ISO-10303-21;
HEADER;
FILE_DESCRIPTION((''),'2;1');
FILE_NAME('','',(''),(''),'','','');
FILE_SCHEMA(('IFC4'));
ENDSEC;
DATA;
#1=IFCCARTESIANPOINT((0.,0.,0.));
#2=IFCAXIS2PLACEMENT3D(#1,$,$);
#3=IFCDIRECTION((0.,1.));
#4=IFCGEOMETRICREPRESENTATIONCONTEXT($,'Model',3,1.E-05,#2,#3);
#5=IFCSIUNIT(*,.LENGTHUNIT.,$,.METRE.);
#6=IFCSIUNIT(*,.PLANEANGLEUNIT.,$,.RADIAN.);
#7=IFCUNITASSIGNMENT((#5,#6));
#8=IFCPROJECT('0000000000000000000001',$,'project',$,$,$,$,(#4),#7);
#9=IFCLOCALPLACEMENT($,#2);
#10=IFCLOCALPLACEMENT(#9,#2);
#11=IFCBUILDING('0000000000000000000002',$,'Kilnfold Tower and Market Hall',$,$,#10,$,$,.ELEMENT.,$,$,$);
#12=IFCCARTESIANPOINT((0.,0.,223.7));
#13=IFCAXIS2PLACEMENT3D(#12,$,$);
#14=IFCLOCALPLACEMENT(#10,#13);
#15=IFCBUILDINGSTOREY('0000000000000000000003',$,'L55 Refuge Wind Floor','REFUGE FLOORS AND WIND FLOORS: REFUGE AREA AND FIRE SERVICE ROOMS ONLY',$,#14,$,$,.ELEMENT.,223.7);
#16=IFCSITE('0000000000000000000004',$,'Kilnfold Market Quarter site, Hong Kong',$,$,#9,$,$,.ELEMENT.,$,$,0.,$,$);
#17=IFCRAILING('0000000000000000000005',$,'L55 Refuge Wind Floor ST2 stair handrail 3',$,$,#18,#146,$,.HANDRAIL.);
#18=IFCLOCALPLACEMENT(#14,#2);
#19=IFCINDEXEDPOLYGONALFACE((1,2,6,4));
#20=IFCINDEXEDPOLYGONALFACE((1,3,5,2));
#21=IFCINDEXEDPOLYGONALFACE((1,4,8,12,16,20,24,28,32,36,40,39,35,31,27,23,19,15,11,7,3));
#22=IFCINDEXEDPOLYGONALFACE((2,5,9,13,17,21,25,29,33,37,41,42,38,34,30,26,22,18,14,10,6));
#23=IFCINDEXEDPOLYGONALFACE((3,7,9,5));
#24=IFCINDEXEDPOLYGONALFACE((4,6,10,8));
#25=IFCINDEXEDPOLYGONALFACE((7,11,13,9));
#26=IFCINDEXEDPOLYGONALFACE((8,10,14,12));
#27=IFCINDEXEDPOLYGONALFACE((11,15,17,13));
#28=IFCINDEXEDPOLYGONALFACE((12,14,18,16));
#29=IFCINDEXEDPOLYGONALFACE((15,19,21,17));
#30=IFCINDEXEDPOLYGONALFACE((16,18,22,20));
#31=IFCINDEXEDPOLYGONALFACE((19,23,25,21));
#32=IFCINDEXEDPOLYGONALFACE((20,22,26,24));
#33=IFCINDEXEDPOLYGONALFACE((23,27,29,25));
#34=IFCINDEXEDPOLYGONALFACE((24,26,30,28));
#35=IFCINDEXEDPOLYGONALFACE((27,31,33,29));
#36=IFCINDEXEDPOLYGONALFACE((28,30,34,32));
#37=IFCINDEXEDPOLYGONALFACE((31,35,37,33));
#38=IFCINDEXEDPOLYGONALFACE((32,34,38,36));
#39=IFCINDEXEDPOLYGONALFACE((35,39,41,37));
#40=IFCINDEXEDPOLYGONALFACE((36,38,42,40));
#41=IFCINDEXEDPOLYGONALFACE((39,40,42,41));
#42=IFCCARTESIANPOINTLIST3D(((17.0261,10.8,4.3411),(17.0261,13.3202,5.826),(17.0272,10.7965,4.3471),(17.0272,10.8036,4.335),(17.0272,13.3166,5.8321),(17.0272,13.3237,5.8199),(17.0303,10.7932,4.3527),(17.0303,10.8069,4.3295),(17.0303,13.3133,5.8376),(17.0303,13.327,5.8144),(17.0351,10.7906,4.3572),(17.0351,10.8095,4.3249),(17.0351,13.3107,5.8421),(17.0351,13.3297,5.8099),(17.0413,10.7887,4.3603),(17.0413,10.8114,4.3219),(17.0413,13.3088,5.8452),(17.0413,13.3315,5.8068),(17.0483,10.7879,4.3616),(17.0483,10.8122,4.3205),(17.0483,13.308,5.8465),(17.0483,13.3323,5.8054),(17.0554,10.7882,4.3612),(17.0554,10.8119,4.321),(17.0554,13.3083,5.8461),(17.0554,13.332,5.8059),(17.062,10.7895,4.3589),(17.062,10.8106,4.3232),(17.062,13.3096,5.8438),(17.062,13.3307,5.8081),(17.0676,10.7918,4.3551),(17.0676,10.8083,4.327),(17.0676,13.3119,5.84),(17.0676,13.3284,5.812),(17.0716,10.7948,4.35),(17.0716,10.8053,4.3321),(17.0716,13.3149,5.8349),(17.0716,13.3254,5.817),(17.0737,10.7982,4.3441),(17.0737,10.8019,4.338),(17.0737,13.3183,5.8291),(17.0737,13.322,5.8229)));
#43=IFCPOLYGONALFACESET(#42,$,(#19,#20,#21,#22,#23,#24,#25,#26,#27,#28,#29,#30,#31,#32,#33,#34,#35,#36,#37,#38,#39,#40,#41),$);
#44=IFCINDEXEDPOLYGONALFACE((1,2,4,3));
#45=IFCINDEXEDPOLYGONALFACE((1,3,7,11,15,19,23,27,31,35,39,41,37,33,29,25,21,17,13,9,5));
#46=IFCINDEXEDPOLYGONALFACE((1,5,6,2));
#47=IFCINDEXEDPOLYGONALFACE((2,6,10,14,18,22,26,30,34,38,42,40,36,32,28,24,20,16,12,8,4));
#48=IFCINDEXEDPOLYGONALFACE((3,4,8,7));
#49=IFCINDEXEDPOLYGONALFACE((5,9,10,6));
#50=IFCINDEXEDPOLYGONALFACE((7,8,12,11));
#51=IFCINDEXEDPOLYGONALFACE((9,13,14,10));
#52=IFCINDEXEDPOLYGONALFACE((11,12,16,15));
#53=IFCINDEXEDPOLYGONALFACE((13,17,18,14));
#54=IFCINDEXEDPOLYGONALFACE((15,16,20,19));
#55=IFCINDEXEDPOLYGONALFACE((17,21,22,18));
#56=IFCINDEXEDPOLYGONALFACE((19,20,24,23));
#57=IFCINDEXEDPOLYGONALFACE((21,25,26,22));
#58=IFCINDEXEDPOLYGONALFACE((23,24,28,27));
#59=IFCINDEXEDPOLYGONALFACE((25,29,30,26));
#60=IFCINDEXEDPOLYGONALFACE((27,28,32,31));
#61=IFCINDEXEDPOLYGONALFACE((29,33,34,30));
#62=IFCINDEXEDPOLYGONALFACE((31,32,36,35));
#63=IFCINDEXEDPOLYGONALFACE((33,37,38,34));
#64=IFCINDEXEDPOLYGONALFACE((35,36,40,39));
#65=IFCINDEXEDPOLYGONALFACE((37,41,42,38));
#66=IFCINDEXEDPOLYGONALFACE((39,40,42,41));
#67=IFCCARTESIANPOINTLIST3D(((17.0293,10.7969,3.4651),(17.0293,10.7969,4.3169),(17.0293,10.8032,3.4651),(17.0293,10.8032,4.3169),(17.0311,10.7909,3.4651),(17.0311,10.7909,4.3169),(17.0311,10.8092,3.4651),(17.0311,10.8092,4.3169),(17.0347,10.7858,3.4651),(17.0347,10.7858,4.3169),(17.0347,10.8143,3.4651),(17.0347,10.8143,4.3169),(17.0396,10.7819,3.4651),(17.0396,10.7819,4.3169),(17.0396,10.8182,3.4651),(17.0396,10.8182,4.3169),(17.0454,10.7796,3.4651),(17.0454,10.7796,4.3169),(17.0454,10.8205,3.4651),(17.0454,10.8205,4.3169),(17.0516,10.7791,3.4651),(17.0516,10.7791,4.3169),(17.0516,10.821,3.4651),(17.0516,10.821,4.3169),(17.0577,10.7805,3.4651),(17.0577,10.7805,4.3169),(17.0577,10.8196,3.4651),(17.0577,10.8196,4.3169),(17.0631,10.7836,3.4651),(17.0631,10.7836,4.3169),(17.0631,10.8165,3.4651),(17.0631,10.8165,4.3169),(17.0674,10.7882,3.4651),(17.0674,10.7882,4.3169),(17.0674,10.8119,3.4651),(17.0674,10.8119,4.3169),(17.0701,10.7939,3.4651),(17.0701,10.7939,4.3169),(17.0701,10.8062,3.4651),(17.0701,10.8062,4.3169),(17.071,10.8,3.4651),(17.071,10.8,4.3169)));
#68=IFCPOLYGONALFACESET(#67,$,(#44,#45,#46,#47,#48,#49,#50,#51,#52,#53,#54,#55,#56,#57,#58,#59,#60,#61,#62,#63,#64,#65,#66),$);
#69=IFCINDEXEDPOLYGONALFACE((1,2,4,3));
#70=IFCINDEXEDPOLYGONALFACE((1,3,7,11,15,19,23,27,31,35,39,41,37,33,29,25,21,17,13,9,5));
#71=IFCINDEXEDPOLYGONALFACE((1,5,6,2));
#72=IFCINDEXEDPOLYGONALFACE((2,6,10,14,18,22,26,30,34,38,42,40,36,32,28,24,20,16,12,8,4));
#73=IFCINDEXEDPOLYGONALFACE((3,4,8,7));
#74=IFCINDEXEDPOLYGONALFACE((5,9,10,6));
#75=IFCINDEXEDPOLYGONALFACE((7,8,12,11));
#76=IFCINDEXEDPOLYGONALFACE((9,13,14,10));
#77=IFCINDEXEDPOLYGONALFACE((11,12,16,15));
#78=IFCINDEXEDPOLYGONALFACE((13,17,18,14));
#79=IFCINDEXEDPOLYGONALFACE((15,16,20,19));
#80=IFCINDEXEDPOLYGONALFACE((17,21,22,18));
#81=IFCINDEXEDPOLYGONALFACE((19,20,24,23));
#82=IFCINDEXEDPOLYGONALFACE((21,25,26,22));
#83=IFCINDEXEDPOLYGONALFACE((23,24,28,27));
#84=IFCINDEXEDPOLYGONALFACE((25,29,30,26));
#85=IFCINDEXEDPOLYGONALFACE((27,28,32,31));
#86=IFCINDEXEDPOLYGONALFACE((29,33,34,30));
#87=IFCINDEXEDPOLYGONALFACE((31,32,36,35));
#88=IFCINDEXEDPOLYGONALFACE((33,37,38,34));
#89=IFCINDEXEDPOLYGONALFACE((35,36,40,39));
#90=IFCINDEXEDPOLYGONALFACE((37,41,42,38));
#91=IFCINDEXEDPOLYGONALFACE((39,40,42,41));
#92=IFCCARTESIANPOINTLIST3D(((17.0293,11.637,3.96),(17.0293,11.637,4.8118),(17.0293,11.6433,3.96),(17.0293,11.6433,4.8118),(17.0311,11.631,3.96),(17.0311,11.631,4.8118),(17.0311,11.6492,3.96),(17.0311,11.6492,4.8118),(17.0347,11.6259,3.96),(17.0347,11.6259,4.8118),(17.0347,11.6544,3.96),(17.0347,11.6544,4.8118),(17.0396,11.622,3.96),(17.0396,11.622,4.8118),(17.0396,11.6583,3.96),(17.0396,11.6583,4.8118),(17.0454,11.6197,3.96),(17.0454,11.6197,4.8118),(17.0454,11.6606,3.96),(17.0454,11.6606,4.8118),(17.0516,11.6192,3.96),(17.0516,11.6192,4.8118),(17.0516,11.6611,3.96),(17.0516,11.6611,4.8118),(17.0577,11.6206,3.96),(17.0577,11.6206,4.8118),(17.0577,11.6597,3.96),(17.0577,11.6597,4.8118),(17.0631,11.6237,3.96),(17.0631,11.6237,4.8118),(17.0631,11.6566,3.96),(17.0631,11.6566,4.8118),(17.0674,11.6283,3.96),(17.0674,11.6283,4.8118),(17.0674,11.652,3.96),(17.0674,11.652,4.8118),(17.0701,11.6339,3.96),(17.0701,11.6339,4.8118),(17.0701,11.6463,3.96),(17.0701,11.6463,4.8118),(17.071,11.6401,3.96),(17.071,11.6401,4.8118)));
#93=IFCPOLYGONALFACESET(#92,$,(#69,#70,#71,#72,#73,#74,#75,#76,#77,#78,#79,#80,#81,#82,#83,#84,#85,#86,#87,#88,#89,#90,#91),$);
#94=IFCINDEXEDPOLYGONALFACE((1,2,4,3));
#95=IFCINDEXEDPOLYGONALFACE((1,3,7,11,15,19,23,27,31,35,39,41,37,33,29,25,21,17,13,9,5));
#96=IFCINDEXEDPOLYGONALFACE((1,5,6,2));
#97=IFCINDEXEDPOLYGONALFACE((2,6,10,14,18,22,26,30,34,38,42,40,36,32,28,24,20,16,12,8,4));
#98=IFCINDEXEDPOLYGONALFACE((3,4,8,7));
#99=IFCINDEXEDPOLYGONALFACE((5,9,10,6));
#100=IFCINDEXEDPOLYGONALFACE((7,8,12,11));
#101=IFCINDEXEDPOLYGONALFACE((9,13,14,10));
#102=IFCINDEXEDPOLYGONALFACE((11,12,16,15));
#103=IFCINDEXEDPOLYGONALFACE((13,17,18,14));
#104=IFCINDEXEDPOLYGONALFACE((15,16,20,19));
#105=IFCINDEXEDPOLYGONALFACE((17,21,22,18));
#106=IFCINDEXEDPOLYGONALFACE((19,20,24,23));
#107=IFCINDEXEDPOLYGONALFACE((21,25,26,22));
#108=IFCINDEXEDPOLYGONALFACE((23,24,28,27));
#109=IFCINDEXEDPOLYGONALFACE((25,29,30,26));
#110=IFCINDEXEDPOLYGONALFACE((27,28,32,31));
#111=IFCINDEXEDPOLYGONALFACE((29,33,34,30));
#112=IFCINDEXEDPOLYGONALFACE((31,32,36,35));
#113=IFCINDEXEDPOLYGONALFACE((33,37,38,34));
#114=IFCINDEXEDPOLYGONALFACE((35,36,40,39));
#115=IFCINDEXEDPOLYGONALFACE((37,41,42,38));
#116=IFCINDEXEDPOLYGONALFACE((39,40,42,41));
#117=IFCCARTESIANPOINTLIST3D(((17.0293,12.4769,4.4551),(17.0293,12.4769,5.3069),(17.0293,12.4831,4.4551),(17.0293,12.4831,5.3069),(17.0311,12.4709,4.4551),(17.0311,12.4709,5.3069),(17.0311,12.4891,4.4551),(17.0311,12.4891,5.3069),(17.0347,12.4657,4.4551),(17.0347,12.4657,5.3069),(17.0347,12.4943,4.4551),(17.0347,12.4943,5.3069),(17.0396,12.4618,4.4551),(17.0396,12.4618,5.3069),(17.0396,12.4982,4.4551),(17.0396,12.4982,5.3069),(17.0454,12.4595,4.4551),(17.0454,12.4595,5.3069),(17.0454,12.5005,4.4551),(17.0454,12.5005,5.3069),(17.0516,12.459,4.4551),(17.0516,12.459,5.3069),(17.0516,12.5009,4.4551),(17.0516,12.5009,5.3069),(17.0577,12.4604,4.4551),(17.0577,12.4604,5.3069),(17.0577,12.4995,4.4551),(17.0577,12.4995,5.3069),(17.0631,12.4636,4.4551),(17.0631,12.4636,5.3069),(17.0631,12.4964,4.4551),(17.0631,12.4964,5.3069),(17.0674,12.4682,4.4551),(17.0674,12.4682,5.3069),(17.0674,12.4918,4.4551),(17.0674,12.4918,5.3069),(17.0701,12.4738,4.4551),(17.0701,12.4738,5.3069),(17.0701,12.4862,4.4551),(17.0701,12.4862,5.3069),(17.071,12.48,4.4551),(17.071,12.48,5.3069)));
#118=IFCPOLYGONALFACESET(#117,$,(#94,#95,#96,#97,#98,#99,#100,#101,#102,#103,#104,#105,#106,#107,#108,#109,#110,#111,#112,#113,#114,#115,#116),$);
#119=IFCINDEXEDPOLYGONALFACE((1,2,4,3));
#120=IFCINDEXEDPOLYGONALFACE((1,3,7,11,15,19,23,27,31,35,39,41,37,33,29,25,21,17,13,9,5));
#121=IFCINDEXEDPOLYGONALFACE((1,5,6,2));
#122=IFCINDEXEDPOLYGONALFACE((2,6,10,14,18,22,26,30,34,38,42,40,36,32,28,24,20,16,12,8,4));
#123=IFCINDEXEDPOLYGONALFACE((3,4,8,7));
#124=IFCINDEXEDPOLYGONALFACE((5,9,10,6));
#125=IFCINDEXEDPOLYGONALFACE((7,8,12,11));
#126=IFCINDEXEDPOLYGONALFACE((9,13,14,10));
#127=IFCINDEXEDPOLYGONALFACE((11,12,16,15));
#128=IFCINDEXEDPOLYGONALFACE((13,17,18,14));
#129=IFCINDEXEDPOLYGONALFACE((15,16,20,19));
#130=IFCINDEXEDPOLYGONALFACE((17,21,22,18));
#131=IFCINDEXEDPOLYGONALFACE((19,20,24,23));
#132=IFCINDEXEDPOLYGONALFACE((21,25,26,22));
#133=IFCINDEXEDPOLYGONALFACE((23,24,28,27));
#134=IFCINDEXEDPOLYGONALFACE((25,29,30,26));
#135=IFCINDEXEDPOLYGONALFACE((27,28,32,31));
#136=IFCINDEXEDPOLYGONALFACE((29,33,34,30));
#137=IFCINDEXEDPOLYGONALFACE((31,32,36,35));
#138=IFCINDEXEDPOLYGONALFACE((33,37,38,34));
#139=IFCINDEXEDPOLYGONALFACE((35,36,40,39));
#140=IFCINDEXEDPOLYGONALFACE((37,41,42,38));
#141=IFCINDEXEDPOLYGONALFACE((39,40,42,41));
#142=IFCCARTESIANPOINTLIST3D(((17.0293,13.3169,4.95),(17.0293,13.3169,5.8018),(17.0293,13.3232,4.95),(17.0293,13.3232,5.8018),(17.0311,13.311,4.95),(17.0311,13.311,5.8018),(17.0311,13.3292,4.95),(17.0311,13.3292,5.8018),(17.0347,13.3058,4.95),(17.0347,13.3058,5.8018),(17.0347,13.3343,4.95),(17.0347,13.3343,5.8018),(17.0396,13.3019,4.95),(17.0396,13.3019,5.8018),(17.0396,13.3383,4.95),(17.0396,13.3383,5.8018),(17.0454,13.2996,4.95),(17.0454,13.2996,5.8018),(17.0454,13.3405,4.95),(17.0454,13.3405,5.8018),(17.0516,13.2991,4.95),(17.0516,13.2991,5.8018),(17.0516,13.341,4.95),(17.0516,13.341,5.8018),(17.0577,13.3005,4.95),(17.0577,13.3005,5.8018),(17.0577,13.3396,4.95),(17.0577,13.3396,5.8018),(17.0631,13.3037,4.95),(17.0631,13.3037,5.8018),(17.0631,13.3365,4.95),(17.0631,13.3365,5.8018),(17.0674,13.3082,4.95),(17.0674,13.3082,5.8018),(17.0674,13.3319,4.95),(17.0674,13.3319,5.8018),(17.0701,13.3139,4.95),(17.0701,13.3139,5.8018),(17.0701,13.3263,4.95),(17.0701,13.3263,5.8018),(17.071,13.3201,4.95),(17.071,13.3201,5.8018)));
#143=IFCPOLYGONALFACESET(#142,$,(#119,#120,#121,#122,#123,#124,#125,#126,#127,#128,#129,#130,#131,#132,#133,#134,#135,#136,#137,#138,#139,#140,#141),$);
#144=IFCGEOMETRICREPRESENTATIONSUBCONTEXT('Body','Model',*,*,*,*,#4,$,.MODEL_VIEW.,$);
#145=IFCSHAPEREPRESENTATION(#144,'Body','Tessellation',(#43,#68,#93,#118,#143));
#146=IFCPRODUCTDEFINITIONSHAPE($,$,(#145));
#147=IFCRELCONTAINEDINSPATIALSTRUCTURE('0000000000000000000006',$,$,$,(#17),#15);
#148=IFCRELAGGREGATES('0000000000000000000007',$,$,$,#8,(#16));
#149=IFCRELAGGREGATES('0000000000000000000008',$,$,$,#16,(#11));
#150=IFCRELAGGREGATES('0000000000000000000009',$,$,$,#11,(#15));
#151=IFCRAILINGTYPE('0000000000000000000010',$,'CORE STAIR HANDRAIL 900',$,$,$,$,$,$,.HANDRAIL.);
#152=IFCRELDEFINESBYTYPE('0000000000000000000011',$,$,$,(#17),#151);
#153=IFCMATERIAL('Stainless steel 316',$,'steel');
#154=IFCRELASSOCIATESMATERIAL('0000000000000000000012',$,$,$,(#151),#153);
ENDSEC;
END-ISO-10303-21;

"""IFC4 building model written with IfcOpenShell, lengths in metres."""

from ifc_helpers import new_model, si_unit, direction, frame, origin, origin_2d, place, context, subcontext, project, spatial, circle, extrude, material, type_object, element, save


model = new_model("IFC4")

# Units and contexts
model_context = context("Model", 3, precision=1e-05, world=origin(), true_north=direction((0.0, 1.0)))
body_context = subcontext(model_context, "Body", "Model", "MODEL_VIEW")
ifc_project = project(units=[si_unit("LENGTHUNIT", "METRE"), si_unit("PLANEANGLEUNIT", "RADIAN")], contexts=[model_context])

# Site, building, storey
site_placement = place(None, origin())
site = spatial("IfcSite", under=ifc_project, at=site_placement, Name="Kilnfold Market Quarter site, Hong Kong", CompositionType="ELEMENT", RefElevation=0.0)
building_placement = place(site_placement, origin())
building = spatial("IfcBuilding", under=site, at=building_placement, Name="Kilnfold Tower and Market Hall", CompositionType="ELEMENT")
storey_placement = place(building_placement, frame((0.0, 0.0, 223.7)))
storey = spatial("IfcBuildingStorey", under=building, at=storey_placement, Name="L55 Refuge Wind Floor", Description="REFUGE FLOORS AND WIND FLOORS: REFUGE AREA AND FIRE SERVICE ROOMS ONLY", CompositionType="ELEMENT", Elevation=223.7)

# Railing
ifc_material_1 = material(Name="Stainless steel 316", Category="steel")
railing_type_1 = type_object("IfcRailingType", Name="CORE STAIR HANDRAIL 900", PredefinedType="HANDRAIL", material=ifc_material_1)
for number, where, name in (
    (1, (17.05, 10.8, 3.4651), "L55 Refuge Wind Floor ST2 stair handrail 3"),
):
    element("IfcRailing", number, at=place(storey_placement, frame(where)), inside=storey, type_object=railing_type_1, Name=name, PredefinedType="HANDRAIL", context=body_context, shape_type="SweptSolid", body=[
        extrude(circle(Radius=0.0239, at=origin_2d()), frame((0.0, 0.0, 0.876), z_axis=(0.0, 0.861561, 0.507655), x_axis=(-1.0, 0.0, 0.0)), (0.0, 0.0, 1.0), 2.925),
        extrude(circle(Radius=0.021, at=origin_2d()), origin(), (0.0, 0.0, 1.0), 0.8518),
        extrude(circle(Radius=0.021, at=origin_2d()), frame((0.0, 0.8401, 0.4949)), (0.0, 0.0, 1.0), 0.8518),
        extrude(circle(Radius=0.021, at=origin_2d()), frame((0.0, 1.6799, 0.99)), (0.0, 0.0, 1.0), 0.8518),
        extrude(circle(Radius=0.021, at=origin_2d()), frame((0.0, 2.52, 1.4849)), (0.0, 0.0, 1.0), 0.8518),
    ])

save(model, "model.ifc")
